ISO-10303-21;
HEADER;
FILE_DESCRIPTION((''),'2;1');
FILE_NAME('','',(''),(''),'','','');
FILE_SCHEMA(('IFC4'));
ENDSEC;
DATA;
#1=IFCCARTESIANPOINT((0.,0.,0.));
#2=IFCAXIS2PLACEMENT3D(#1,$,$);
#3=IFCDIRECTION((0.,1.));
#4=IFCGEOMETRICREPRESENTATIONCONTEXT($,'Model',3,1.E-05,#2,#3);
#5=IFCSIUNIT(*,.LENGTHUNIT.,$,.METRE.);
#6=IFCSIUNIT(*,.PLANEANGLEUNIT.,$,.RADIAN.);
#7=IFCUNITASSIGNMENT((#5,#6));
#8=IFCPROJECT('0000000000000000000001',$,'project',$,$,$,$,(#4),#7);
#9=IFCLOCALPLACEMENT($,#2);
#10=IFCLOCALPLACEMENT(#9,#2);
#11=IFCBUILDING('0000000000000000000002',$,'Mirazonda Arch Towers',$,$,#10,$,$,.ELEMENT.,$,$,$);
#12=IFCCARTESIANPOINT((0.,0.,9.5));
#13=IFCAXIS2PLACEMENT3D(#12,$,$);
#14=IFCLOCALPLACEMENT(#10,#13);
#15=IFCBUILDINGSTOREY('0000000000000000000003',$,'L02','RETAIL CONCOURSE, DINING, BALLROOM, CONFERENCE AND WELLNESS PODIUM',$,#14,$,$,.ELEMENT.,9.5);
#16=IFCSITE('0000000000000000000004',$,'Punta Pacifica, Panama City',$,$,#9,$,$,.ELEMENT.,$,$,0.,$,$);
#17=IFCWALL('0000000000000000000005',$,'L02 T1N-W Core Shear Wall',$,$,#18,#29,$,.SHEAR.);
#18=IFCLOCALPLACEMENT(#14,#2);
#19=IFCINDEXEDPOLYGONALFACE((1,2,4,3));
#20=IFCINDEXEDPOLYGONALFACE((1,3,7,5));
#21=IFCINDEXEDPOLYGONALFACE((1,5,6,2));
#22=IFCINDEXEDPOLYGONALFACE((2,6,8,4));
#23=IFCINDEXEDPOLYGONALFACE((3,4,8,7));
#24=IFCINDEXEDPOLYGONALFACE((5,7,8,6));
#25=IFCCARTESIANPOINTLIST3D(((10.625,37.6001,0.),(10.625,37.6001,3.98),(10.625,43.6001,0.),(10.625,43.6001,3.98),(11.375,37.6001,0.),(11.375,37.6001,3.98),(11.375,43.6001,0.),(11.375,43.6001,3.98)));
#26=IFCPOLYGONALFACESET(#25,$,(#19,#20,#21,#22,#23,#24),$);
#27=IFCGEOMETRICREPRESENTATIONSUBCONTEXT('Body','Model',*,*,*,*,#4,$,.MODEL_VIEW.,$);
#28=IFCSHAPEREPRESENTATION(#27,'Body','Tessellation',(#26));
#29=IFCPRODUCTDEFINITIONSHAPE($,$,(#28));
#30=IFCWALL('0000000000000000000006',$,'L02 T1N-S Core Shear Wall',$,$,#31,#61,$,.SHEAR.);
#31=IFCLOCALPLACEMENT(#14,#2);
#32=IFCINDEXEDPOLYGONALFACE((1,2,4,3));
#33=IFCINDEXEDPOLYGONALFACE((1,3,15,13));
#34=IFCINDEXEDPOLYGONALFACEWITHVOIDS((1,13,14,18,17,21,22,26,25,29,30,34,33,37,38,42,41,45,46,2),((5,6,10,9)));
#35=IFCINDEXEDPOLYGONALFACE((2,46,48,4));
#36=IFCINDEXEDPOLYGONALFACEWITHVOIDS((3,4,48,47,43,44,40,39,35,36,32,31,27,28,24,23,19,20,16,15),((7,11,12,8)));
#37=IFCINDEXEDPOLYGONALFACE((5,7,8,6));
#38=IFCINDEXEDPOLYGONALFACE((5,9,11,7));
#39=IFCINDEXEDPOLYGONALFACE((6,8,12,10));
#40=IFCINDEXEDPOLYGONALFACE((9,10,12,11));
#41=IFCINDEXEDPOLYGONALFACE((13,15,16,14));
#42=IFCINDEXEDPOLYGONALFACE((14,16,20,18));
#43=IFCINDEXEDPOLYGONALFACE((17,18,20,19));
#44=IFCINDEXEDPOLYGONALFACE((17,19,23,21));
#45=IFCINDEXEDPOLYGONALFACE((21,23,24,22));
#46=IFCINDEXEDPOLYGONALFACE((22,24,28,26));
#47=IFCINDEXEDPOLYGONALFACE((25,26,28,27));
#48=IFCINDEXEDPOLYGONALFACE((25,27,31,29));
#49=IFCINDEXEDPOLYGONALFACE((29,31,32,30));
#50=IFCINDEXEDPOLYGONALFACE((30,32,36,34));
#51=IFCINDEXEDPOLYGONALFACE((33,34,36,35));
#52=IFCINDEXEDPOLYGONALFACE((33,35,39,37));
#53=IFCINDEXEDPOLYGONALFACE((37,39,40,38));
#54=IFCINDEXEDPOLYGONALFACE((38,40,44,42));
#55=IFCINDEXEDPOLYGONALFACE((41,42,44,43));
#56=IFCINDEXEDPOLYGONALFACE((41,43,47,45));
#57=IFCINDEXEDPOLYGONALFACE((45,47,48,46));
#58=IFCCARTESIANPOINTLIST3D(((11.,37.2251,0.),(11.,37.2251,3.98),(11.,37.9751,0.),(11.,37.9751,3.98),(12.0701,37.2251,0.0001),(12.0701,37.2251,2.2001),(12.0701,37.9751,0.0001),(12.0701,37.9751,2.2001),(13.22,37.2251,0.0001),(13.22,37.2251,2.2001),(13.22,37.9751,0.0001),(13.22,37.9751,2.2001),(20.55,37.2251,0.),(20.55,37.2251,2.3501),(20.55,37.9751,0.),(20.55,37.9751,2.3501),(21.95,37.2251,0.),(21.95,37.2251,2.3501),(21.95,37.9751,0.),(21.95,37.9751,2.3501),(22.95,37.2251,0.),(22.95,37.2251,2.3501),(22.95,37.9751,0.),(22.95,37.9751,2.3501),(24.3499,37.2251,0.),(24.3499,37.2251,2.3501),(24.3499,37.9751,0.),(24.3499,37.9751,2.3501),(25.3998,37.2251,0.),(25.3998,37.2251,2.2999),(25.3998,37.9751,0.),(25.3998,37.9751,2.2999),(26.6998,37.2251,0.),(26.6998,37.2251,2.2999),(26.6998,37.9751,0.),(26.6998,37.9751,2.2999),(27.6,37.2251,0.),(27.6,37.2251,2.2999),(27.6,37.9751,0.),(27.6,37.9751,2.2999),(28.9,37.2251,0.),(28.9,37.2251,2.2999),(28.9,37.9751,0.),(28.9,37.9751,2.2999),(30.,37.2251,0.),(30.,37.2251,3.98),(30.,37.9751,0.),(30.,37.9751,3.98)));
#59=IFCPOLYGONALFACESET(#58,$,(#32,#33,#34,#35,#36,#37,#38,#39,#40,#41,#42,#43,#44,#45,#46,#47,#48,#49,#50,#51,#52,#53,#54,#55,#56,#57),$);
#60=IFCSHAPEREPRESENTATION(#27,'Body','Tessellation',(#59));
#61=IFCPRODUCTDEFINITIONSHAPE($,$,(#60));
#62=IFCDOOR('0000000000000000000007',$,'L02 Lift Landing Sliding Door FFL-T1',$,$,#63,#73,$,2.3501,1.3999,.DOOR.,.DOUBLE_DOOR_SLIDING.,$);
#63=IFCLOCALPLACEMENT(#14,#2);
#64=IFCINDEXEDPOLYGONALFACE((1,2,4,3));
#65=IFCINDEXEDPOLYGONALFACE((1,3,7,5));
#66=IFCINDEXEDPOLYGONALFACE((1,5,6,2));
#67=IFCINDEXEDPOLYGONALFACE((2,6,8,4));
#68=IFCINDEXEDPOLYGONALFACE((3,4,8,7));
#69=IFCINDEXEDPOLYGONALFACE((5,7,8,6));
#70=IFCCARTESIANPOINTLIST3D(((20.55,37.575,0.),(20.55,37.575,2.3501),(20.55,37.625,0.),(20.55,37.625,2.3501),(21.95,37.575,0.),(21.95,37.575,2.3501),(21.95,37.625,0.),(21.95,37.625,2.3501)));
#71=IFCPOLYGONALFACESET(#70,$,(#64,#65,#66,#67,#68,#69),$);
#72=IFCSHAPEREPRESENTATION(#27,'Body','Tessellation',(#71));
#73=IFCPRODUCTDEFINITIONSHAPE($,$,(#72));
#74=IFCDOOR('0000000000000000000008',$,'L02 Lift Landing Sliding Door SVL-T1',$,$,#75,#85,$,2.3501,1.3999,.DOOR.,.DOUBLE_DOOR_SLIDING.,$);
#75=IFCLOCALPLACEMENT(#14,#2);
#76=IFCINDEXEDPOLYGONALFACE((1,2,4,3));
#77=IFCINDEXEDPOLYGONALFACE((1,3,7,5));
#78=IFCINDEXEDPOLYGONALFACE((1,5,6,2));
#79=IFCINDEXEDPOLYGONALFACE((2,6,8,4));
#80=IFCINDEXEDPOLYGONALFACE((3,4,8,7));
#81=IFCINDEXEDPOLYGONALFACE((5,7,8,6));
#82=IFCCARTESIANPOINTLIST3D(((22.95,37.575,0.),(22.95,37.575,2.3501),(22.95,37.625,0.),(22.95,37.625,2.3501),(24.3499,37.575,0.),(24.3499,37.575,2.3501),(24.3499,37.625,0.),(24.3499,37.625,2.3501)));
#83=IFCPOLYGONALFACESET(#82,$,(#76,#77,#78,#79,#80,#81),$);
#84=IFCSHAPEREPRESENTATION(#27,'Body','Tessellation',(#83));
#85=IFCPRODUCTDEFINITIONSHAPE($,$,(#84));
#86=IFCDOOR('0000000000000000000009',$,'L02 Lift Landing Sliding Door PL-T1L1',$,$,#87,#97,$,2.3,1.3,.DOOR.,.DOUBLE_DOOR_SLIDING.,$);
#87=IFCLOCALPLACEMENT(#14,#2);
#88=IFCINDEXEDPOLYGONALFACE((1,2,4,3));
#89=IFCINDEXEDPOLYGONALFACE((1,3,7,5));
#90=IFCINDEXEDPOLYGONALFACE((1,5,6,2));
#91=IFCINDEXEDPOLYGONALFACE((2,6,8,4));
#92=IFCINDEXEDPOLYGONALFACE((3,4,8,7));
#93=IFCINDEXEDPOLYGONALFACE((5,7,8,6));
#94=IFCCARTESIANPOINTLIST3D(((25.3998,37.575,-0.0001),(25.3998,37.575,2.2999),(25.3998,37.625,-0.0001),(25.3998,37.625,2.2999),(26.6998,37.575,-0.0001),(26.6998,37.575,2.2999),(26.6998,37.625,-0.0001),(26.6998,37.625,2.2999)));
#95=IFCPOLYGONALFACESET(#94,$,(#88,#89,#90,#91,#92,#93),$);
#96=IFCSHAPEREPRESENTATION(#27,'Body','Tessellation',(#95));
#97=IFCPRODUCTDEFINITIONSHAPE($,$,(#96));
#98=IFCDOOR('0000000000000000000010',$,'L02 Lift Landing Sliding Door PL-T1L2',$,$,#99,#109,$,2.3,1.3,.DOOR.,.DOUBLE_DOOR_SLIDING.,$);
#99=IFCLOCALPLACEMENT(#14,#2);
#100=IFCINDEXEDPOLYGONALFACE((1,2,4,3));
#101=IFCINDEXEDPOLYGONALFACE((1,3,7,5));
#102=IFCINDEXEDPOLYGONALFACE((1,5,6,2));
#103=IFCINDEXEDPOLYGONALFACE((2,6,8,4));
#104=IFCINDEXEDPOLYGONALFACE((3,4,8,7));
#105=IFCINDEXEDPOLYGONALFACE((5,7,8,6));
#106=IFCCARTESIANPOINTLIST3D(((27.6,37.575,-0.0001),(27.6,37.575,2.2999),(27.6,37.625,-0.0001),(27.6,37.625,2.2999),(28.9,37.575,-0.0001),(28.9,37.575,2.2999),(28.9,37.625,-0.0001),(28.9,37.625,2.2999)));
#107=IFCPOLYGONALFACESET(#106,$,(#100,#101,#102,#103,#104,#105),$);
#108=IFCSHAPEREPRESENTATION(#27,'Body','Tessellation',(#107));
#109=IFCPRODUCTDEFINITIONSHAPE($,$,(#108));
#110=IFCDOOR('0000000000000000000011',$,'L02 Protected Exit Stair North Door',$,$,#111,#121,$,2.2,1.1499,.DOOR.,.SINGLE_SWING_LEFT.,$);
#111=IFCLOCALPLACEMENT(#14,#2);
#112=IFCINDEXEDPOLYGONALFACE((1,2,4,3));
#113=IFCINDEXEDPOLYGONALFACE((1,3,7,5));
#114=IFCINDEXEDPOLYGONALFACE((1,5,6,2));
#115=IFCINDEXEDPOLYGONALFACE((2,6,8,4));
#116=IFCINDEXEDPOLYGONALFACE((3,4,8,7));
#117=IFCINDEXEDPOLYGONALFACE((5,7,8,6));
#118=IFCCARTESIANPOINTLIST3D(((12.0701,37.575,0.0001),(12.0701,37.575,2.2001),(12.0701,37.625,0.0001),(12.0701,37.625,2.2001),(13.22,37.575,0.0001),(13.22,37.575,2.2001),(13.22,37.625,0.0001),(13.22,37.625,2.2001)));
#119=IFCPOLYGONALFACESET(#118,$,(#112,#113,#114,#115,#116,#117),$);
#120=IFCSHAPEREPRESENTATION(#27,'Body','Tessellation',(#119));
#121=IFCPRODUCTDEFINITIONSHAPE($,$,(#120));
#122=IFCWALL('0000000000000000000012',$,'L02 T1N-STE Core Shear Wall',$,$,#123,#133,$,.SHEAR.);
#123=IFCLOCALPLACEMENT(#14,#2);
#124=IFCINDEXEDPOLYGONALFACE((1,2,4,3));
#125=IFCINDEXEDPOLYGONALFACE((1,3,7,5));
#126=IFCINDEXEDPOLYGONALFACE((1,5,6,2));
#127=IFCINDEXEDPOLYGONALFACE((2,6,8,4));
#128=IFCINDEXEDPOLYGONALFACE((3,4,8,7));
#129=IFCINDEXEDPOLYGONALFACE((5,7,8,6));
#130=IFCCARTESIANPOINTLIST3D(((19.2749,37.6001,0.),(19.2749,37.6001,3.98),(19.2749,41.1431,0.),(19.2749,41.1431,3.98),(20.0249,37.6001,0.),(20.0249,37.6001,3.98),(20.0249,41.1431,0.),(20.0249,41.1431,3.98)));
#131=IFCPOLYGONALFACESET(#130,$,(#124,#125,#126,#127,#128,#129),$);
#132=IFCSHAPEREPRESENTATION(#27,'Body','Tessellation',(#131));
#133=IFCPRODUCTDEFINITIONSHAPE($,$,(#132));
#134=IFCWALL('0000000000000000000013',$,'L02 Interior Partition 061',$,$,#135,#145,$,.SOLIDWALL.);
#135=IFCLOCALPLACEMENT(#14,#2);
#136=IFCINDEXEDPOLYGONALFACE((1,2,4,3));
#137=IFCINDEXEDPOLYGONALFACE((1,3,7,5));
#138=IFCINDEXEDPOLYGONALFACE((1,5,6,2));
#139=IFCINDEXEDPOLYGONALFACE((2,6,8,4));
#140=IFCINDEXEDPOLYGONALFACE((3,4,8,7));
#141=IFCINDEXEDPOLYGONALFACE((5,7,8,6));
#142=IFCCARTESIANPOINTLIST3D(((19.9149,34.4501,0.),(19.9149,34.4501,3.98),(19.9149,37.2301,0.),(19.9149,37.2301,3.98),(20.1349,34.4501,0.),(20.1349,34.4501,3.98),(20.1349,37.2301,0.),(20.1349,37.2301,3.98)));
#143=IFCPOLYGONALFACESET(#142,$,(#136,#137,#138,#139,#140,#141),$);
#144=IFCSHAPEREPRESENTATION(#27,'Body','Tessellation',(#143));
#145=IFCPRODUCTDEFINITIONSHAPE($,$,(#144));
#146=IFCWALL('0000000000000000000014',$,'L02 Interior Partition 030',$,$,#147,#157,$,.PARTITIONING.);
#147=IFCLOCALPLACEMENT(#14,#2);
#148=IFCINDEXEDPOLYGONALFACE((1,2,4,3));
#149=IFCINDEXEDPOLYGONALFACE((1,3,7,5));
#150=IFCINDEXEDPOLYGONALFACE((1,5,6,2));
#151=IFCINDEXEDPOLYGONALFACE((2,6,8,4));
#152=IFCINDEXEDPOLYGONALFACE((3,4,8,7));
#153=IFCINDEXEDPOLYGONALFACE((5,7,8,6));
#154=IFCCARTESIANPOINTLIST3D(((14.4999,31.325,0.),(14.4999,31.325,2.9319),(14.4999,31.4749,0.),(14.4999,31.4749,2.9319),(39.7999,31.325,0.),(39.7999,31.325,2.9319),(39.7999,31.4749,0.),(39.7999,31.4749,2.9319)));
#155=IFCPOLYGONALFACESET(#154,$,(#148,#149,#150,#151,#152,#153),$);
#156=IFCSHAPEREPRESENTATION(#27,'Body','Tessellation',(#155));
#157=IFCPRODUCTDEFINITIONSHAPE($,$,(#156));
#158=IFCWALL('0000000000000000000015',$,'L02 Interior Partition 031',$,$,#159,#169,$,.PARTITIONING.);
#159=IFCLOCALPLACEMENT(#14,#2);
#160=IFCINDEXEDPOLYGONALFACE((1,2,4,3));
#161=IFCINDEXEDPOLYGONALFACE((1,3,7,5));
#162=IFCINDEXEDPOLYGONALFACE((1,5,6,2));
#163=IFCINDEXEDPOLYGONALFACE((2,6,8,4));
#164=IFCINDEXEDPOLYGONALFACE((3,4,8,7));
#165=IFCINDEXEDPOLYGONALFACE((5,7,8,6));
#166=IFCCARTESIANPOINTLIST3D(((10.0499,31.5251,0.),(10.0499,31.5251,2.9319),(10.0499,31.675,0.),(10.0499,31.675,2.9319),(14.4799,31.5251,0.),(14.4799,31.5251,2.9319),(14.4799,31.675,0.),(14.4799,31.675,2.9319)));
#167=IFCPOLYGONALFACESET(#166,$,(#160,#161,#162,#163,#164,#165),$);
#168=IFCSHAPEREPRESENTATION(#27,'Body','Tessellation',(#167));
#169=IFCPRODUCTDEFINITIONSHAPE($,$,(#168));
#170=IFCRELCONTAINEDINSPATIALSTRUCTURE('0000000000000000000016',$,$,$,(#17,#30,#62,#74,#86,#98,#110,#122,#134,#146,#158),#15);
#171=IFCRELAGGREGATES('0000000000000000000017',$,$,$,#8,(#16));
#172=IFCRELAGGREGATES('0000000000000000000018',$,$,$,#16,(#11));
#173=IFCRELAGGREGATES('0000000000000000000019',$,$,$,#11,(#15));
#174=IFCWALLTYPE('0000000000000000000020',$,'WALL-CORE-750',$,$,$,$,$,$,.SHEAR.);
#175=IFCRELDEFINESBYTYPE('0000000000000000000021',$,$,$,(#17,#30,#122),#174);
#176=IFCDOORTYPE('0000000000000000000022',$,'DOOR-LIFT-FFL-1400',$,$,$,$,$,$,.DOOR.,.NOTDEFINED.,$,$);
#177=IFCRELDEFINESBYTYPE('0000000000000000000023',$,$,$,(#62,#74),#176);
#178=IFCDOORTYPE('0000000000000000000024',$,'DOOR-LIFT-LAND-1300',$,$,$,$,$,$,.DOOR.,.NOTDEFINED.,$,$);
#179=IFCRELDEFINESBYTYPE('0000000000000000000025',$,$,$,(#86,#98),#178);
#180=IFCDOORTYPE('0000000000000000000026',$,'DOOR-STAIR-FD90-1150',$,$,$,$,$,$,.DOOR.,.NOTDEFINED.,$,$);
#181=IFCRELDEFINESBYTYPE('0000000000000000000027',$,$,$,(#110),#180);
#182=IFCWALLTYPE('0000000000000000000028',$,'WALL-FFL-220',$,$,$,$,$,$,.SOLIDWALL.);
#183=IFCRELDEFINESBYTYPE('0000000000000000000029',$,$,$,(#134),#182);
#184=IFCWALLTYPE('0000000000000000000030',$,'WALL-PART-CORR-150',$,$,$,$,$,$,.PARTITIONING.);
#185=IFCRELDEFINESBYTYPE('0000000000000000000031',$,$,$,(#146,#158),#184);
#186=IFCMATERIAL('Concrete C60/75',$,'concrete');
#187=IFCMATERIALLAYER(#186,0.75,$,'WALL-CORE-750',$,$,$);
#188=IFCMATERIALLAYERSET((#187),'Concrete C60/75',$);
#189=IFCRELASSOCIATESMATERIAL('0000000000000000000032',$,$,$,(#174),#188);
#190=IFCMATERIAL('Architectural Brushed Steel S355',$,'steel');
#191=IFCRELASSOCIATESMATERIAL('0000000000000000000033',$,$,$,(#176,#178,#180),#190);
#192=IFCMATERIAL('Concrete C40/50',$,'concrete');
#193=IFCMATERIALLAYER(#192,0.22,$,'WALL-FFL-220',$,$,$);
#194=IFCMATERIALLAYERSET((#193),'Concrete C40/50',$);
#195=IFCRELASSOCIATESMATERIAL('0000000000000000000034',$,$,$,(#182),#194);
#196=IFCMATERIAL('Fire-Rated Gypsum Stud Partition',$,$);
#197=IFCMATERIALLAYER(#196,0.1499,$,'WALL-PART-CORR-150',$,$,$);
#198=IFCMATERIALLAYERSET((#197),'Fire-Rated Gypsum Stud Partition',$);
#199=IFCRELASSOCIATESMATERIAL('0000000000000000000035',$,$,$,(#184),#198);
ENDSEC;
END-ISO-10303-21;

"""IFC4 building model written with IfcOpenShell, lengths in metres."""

from ifc_helpers import new_model, si_unit, direction, frame, frame_2d, origin, place, context, subcontext, project, spatial, rectangle, extrude, material, layer, layer_set, type_object, element, fill, save


model = new_model("IFC4")

# Units and contexts
model_context = context("Model", 3, precision=1e-05, world=origin(), true_north=direction((0.0, 1.0)))
body_context = subcontext(model_context, "Body", "Model", "MODEL_VIEW")
ifc_project = project(units=[si_unit("LENGTHUNIT", "METRE"), si_unit("PLANEANGLEUNIT", "RADIAN")], contexts=[model_context])

# Site, building, storey
site_placement = place(None, origin())
site = spatial("IfcSite", under=ifc_project, at=site_placement, Name="Punta Pacifica, Panama City", CompositionType="ELEMENT", RefElevation=0.0)
building_placement = place(site_placement, origin())
building = spatial("IfcBuilding", under=site, at=building_placement, Name="Mirazonda Arch Towers", CompositionType="ELEMENT")
storey_placement = place(building_placement, frame((0.0, 0.0, 9.5)))
storey = spatial("IfcBuildingStorey", under=building, at=storey_placement, Name="L02", Description="RETAIL CONCOURSE, DINING, BALLROOM, CONFERENCE AND WELLNESS PODIUM", CompositionType="ELEMENT", Elevation=9.5)

# Shared definitions
ifc_material_1 = material(Name="Concrete C60/75", Category="concrete")

# Wall
ifc_layer_1 = layer(ifc_material_1, 0.75, Name="WALL-CORE-750")
ifc_layer_set_1 = layer_set([ifc_layer_1], Name="Concrete C60/75")
wall_type_1 = type_object("IfcWallType", Name="WALL-CORE-750", PredefinedType="SHEAR", material=ifc_layer_set_1)
wall_1_placement = place(storey_placement, frame((11.0, 37.6001, 0.0), z_axis=(0.0, 0.0, 1.0), x_axis=(0.0, 1.0, 0.0)))
element("IfcWall", 1, at=wall_1_placement, inside=storey, type_object=wall_type_1, Name="L02 T1N-W Core Shear Wall", PredefinedType="SHEAR", context=body_context, shape_type="SweptSolid", body=[
    extrude(rectangle(XDim=6.0, YDim=0.75, at=frame_2d((3.0, 0.0))), origin(), (0.0, 0.0, 1.0), 3.98),
])

# Wall, openings, doors
wall_2_placement = place(storey_placement, frame((11.0, 37.6001, 0.0), z_axis=(0.0, 0.0, 1.0), x_axis=(1.0, 0.0, 0.0)))
wall_2 = element("IfcWall", 2, at=wall_2_placement, inside=storey, type_object=wall_type_1, Name="L02 T1N-S Core Shear Wall", PredefinedType="SHEAR", context=body_context, shape_type="SweptSolid", body=[
    extrude(rectangle(XDim=19.0, YDim=0.75, at=frame_2d((9.5, 0.0))), origin(), (0.0, 0.0, 1.0), 3.98),
])
opening_1_placement = place(wall_2_placement, frame((1.0701, 0.0, 0.0)))
opening_1 = element("IfcOpeningElement", 3, at=opening_1_placement, cuts=wall_2, PredefinedType="OPENING", context=body_context, shape_type="SweptSolid", body=[
    extrude(rectangle(XDim=1.1499, YDim=2.2, at=frame_2d((0.575, 1.1001))), frame((0.0, 0.385, 0.0), z_axis=(0.0, -1.0, 0.0), x_axis=(1.0, 0.0, 0.0)), (0.0, 0.0, 1.0), 0.77),
])
opening_2_placement = place(wall_2_placement, frame((9.55, 0.0, 0.0)))
opening_2 = element("IfcOpeningElement", 4, at=opening_2_placement, cuts=wall_2, PredefinedType="OPENING", context=body_context, shape_type="SweptSolid", body=[
    extrude(rectangle(XDim=1.3999, YDim=2.3501, at=frame_2d((0.7, 1.175))), frame((0.0, 0.385, 0.0), z_axis=(0.0, -1.0, 0.0), x_axis=(1.0, 0.0, 0.0)), (0.0, 0.0, 1.0), 0.77),
])
opening_3_placement = place(wall_2_placement, frame((11.95, 0.0, 0.0)))
opening_3 = element("IfcOpeningElement", 5, at=opening_3_placement, cuts=wall_2, PredefinedType="OPENING", context=body_context, shape_type="SweptSolid", body=[
    extrude(rectangle(XDim=1.3999, YDim=2.3501, at=frame_2d((0.7, 1.175))), frame((0.0, 0.385, 0.0), z_axis=(0.0, -1.0, 0.0), x_axis=(1.0, 0.0, 0.0)), (0.0, 0.0, 1.0), 0.77),
])
opening_4_placement = place(wall_2_placement, frame((14.3999, 0.0, 0.0)))
opening_4 = element("IfcOpeningElement", 6, at=opening_4_placement, cuts=wall_2, PredefinedType="OPENING", context=body_context, shape_type="SweptSolid", body=[
    extrude(rectangle(XDim=1.3, YDim=2.3, at=frame_2d((0.6499, 1.1499))), frame((0.0, 0.385, 0.0), z_axis=(0.0, -1.0, 0.0), x_axis=(1.0, 0.0, 0.0)), (0.0, 0.0, 1.0), 0.77),
])
opening_5_placement = place(wall_2_placement, frame((16.6001, 0.0, 0.0)))
opening_5 = element("IfcOpeningElement", 7, at=opening_5_placement, cuts=wall_2, PredefinedType="OPENING", context=body_context, shape_type="SweptSolid", body=[
    extrude(rectangle(XDim=1.3, YDim=2.3, at=frame_2d((0.6499, 1.1499))), frame((0.0, 0.385, 0.0), z_axis=(0.0, -1.0, 0.0), x_axis=(1.0, 0.0, 0.0)), (0.0, 0.0, 1.0), 0.77),
])
ifc_material_2 = material(Name="Architectural Brushed Steel S355", Category="steel")
door_type_1 = type_object("IfcDoorType", Name="DOOR-LIFT-FFL-1400", OperationType="NOTDEFINED", PredefinedType="DOOR", material=ifc_material_2)
door_1_placement = place(opening_2_placement, origin())
door_1 = element("IfcDoor", 8, at=door_1_placement, inside=storey, type_object=door_type_1, Name="L02 Lift Landing Sliding Door FFL-T1", OperationType="DOUBLE_DOOR_SLIDING", OverallHeight=2.3501, OverallWidth=1.3999, PredefinedType="DOOR", context=body_context, shape_type="SweptSolid", body=[
    extrude(rectangle(XDim=1.3999, YDim=2.3501, at=frame_2d((0.7, 1.175))), frame((0.0, 0.0249, 0.0), z_axis=(0.0, -1.0, 0.0), x_axis=(1.0, 0.0, 0.0)), (0.0, 0.0, 1.0), 0.05),
])
fill(opening_2, door_1)
door_2_placement = place(opening_3_placement, origin())
door_2 = element("IfcDoor", 9, at=door_2_placement, inside=storey, type_object=door_type_1, Name="L02 Lift Landing Sliding Door SVL-T1", OperationType="DOUBLE_DOOR_SLIDING", OverallHeight=2.3501, OverallWidth=1.3999, PredefinedType="DOOR", context=body_context, shape_type="SweptSolid", body=[
    extrude(rectangle(XDim=1.3999, YDim=2.3501, at=frame_2d((0.7, 1.175))), frame((0.0, 0.0249, 0.0), z_axis=(0.0, -1.0, 0.0), x_axis=(1.0, 0.0, 0.0)), (0.0, 0.0, 1.0), 0.05),
])
fill(opening_3, door_2)
door_type_2 = type_object("IfcDoorType", Name="DOOR-LIFT-LAND-1300", OperationType="NOTDEFINED", PredefinedType="DOOR", material=ifc_material_2)
door_3_placement = place(opening_4_placement, origin())
door_3 = element("IfcDoor", 10, at=door_3_placement, inside=storey, type_object=door_type_2, Name="L02 Lift Landing Sliding Door PL-T1L1", OperationType="DOUBLE_DOOR_SLIDING", OverallHeight=2.3, OverallWidth=1.3, PredefinedType="DOOR", context=body_context, shape_type="SweptSolid", body=[
    extrude(rectangle(XDim=1.3, YDim=2.3, at=frame_2d((0.6499, 1.1499))), frame((0.0, 0.0249, 0.0), z_axis=(0.0, -1.0, 0.0), x_axis=(1.0, 0.0, 0.0)), (0.0, 0.0, 1.0), 0.05),
])
fill(opening_4, door_3)
door_4_placement = place(opening_5_placement, origin())
door_4 = element("IfcDoor", 11, at=door_4_placement, inside=storey, type_object=door_type_2, Name="L02 Lift Landing Sliding Door PL-T1L2", OperationType="DOUBLE_DOOR_SLIDING", OverallHeight=2.3, OverallWidth=1.3, PredefinedType="DOOR", context=body_context, shape_type="SweptSolid", body=[
    extrude(rectangle(XDim=1.3, YDim=2.3, at=frame_2d((0.6499, 1.1499))), frame((0.0, 0.0249, 0.0), z_axis=(0.0, -1.0, 0.0), x_axis=(1.0, 0.0, 0.0)), (0.0, 0.0, 1.0), 0.05),
])
fill(opening_5, door_4)
door_type_3 = type_object("IfcDoorType", Name="DOOR-STAIR-FD90-1150", OperationType="NOTDEFINED", PredefinedType="DOOR", material=ifc_material_2)
door_5_placement = place(opening_1_placement, origin())
door_5 = element("IfcDoor", 12, at=door_5_placement, inside=storey, type_object=door_type_3, Name="L02 Protected Exit Stair North Door", OperationType="SINGLE_SWING_LEFT", OverallHeight=2.2, OverallWidth=1.1499, PredefinedType="DOOR", context=body_context, shape_type="SweptSolid", body=[
    extrude(rectangle(XDim=1.1499, YDim=2.2, at=frame_2d((0.575, 1.1001))), frame((0.0, 0.0249, 0.0), z_axis=(0.0, -1.0, 0.0), x_axis=(1.0, 0.0, 0.0)), (0.0, 0.0, 1.0), 0.05),
])
fill(opening_1, door_5)

# Walls
wall_3_placement = place(storey_placement, frame((19.6499, 37.6001, 0.0), z_axis=(0.0, 0.0, 1.0), x_axis=(0.0, 1.0, 0.0)))
element("IfcWall", 13, at=wall_3_placement, inside=storey, type_object=wall_type_1, Name="L02 T1N-STE Core Shear Wall", PredefinedType="SHEAR", context=body_context, shape_type="SweptSolid", body=[
    extrude(rectangle(XDim=3.543, YDim=0.75, at=frame_2d((1.7715, 0.0))), origin(), (0.0, 0.0, 1.0), 3.98),
])
ifc_material_3 = material(Name="Concrete C40/50", Category="concrete")
ifc_layer_2 = layer(ifc_material_3, 0.22, Name="WALL-FFL-220")
ifc_layer_set_2 = layer_set([ifc_layer_2], Name="Concrete C40/50")
wall_type_2 = type_object("IfcWallType", Name="WALL-FFL-220", PredefinedType="SOLIDWALL", material=ifc_layer_set_2)
wall_4_placement = place(storey_placement, frame((20.0249, 34.45, 0.0), z_axis=(0.0, 0.0, 1.0), x_axis=(0.0, 1.0, 0.0)))
element("IfcWall", 14, at=wall_4_placement, inside=storey, type_object=wall_type_2, Name="L02 Interior Partition 061", PredefinedType="SOLIDWALL", context=body_context, shape_type="SweptSolid", body=[
    extrude(rectangle(XDim=2.78, YDim=0.22, at=frame_2d((1.3901, 0.0))), origin(), (0.0, 0.0, 1.0), 3.98),
])
ifc_material_4 = material(Name="Fire-Rated Gypsum Stud Partition")
ifc_layer_3 = layer(ifc_material_4, 0.1499, Name="WALL-PART-CORR-150")
ifc_layer_set_3 = layer_set([ifc_layer_3], Name="Fire-Rated Gypsum Stud Partition")
wall_type_3 = type_object("IfcWallType", Name="WALL-PART-CORR-150", PredefinedType="PARTITIONING", material=ifc_layer_set_3)
wall_5_placement = place(storey_placement, frame((14.5, 31.3999, 0.0), z_axis=(0.0, 0.0, 1.0), x_axis=(1.0, 0.0, 0.0)))
element("IfcWall", 15, at=wall_5_placement, inside=storey, type_object=wall_type_3, Name="L02 Interior Partition 030", PredefinedType="PARTITIONING", context=body_context, shape_type="SweptSolid", body=[
    extrude(rectangle(XDim=25.3, YDim=0.1499, at=frame_2d((12.6499, 0.0))), origin(), (0.0, 0.0, 1.0), 2.9319),
])
wall_6_placement = place(storey_placement, frame((10.05, 31.6001, 0.0), z_axis=(0.0, 0.0, 1.0), x_axis=(1.0, 0.0, 0.0)))
element("IfcWall", 16, at=wall_6_placement, inside=storey, type_object=wall_type_3, Name="L02 Interior Partition 031", PredefinedType="PARTITIONING", context=body_context, shape_type="SweptSolid", body=[
    extrude(rectangle(XDim=4.4299, YDim=0.1499, at=frame_2d((2.2148, 0.0))), origin(), (0.0, 0.0, 1.0), 2.9319),
])

save(model, "model.ifc")
